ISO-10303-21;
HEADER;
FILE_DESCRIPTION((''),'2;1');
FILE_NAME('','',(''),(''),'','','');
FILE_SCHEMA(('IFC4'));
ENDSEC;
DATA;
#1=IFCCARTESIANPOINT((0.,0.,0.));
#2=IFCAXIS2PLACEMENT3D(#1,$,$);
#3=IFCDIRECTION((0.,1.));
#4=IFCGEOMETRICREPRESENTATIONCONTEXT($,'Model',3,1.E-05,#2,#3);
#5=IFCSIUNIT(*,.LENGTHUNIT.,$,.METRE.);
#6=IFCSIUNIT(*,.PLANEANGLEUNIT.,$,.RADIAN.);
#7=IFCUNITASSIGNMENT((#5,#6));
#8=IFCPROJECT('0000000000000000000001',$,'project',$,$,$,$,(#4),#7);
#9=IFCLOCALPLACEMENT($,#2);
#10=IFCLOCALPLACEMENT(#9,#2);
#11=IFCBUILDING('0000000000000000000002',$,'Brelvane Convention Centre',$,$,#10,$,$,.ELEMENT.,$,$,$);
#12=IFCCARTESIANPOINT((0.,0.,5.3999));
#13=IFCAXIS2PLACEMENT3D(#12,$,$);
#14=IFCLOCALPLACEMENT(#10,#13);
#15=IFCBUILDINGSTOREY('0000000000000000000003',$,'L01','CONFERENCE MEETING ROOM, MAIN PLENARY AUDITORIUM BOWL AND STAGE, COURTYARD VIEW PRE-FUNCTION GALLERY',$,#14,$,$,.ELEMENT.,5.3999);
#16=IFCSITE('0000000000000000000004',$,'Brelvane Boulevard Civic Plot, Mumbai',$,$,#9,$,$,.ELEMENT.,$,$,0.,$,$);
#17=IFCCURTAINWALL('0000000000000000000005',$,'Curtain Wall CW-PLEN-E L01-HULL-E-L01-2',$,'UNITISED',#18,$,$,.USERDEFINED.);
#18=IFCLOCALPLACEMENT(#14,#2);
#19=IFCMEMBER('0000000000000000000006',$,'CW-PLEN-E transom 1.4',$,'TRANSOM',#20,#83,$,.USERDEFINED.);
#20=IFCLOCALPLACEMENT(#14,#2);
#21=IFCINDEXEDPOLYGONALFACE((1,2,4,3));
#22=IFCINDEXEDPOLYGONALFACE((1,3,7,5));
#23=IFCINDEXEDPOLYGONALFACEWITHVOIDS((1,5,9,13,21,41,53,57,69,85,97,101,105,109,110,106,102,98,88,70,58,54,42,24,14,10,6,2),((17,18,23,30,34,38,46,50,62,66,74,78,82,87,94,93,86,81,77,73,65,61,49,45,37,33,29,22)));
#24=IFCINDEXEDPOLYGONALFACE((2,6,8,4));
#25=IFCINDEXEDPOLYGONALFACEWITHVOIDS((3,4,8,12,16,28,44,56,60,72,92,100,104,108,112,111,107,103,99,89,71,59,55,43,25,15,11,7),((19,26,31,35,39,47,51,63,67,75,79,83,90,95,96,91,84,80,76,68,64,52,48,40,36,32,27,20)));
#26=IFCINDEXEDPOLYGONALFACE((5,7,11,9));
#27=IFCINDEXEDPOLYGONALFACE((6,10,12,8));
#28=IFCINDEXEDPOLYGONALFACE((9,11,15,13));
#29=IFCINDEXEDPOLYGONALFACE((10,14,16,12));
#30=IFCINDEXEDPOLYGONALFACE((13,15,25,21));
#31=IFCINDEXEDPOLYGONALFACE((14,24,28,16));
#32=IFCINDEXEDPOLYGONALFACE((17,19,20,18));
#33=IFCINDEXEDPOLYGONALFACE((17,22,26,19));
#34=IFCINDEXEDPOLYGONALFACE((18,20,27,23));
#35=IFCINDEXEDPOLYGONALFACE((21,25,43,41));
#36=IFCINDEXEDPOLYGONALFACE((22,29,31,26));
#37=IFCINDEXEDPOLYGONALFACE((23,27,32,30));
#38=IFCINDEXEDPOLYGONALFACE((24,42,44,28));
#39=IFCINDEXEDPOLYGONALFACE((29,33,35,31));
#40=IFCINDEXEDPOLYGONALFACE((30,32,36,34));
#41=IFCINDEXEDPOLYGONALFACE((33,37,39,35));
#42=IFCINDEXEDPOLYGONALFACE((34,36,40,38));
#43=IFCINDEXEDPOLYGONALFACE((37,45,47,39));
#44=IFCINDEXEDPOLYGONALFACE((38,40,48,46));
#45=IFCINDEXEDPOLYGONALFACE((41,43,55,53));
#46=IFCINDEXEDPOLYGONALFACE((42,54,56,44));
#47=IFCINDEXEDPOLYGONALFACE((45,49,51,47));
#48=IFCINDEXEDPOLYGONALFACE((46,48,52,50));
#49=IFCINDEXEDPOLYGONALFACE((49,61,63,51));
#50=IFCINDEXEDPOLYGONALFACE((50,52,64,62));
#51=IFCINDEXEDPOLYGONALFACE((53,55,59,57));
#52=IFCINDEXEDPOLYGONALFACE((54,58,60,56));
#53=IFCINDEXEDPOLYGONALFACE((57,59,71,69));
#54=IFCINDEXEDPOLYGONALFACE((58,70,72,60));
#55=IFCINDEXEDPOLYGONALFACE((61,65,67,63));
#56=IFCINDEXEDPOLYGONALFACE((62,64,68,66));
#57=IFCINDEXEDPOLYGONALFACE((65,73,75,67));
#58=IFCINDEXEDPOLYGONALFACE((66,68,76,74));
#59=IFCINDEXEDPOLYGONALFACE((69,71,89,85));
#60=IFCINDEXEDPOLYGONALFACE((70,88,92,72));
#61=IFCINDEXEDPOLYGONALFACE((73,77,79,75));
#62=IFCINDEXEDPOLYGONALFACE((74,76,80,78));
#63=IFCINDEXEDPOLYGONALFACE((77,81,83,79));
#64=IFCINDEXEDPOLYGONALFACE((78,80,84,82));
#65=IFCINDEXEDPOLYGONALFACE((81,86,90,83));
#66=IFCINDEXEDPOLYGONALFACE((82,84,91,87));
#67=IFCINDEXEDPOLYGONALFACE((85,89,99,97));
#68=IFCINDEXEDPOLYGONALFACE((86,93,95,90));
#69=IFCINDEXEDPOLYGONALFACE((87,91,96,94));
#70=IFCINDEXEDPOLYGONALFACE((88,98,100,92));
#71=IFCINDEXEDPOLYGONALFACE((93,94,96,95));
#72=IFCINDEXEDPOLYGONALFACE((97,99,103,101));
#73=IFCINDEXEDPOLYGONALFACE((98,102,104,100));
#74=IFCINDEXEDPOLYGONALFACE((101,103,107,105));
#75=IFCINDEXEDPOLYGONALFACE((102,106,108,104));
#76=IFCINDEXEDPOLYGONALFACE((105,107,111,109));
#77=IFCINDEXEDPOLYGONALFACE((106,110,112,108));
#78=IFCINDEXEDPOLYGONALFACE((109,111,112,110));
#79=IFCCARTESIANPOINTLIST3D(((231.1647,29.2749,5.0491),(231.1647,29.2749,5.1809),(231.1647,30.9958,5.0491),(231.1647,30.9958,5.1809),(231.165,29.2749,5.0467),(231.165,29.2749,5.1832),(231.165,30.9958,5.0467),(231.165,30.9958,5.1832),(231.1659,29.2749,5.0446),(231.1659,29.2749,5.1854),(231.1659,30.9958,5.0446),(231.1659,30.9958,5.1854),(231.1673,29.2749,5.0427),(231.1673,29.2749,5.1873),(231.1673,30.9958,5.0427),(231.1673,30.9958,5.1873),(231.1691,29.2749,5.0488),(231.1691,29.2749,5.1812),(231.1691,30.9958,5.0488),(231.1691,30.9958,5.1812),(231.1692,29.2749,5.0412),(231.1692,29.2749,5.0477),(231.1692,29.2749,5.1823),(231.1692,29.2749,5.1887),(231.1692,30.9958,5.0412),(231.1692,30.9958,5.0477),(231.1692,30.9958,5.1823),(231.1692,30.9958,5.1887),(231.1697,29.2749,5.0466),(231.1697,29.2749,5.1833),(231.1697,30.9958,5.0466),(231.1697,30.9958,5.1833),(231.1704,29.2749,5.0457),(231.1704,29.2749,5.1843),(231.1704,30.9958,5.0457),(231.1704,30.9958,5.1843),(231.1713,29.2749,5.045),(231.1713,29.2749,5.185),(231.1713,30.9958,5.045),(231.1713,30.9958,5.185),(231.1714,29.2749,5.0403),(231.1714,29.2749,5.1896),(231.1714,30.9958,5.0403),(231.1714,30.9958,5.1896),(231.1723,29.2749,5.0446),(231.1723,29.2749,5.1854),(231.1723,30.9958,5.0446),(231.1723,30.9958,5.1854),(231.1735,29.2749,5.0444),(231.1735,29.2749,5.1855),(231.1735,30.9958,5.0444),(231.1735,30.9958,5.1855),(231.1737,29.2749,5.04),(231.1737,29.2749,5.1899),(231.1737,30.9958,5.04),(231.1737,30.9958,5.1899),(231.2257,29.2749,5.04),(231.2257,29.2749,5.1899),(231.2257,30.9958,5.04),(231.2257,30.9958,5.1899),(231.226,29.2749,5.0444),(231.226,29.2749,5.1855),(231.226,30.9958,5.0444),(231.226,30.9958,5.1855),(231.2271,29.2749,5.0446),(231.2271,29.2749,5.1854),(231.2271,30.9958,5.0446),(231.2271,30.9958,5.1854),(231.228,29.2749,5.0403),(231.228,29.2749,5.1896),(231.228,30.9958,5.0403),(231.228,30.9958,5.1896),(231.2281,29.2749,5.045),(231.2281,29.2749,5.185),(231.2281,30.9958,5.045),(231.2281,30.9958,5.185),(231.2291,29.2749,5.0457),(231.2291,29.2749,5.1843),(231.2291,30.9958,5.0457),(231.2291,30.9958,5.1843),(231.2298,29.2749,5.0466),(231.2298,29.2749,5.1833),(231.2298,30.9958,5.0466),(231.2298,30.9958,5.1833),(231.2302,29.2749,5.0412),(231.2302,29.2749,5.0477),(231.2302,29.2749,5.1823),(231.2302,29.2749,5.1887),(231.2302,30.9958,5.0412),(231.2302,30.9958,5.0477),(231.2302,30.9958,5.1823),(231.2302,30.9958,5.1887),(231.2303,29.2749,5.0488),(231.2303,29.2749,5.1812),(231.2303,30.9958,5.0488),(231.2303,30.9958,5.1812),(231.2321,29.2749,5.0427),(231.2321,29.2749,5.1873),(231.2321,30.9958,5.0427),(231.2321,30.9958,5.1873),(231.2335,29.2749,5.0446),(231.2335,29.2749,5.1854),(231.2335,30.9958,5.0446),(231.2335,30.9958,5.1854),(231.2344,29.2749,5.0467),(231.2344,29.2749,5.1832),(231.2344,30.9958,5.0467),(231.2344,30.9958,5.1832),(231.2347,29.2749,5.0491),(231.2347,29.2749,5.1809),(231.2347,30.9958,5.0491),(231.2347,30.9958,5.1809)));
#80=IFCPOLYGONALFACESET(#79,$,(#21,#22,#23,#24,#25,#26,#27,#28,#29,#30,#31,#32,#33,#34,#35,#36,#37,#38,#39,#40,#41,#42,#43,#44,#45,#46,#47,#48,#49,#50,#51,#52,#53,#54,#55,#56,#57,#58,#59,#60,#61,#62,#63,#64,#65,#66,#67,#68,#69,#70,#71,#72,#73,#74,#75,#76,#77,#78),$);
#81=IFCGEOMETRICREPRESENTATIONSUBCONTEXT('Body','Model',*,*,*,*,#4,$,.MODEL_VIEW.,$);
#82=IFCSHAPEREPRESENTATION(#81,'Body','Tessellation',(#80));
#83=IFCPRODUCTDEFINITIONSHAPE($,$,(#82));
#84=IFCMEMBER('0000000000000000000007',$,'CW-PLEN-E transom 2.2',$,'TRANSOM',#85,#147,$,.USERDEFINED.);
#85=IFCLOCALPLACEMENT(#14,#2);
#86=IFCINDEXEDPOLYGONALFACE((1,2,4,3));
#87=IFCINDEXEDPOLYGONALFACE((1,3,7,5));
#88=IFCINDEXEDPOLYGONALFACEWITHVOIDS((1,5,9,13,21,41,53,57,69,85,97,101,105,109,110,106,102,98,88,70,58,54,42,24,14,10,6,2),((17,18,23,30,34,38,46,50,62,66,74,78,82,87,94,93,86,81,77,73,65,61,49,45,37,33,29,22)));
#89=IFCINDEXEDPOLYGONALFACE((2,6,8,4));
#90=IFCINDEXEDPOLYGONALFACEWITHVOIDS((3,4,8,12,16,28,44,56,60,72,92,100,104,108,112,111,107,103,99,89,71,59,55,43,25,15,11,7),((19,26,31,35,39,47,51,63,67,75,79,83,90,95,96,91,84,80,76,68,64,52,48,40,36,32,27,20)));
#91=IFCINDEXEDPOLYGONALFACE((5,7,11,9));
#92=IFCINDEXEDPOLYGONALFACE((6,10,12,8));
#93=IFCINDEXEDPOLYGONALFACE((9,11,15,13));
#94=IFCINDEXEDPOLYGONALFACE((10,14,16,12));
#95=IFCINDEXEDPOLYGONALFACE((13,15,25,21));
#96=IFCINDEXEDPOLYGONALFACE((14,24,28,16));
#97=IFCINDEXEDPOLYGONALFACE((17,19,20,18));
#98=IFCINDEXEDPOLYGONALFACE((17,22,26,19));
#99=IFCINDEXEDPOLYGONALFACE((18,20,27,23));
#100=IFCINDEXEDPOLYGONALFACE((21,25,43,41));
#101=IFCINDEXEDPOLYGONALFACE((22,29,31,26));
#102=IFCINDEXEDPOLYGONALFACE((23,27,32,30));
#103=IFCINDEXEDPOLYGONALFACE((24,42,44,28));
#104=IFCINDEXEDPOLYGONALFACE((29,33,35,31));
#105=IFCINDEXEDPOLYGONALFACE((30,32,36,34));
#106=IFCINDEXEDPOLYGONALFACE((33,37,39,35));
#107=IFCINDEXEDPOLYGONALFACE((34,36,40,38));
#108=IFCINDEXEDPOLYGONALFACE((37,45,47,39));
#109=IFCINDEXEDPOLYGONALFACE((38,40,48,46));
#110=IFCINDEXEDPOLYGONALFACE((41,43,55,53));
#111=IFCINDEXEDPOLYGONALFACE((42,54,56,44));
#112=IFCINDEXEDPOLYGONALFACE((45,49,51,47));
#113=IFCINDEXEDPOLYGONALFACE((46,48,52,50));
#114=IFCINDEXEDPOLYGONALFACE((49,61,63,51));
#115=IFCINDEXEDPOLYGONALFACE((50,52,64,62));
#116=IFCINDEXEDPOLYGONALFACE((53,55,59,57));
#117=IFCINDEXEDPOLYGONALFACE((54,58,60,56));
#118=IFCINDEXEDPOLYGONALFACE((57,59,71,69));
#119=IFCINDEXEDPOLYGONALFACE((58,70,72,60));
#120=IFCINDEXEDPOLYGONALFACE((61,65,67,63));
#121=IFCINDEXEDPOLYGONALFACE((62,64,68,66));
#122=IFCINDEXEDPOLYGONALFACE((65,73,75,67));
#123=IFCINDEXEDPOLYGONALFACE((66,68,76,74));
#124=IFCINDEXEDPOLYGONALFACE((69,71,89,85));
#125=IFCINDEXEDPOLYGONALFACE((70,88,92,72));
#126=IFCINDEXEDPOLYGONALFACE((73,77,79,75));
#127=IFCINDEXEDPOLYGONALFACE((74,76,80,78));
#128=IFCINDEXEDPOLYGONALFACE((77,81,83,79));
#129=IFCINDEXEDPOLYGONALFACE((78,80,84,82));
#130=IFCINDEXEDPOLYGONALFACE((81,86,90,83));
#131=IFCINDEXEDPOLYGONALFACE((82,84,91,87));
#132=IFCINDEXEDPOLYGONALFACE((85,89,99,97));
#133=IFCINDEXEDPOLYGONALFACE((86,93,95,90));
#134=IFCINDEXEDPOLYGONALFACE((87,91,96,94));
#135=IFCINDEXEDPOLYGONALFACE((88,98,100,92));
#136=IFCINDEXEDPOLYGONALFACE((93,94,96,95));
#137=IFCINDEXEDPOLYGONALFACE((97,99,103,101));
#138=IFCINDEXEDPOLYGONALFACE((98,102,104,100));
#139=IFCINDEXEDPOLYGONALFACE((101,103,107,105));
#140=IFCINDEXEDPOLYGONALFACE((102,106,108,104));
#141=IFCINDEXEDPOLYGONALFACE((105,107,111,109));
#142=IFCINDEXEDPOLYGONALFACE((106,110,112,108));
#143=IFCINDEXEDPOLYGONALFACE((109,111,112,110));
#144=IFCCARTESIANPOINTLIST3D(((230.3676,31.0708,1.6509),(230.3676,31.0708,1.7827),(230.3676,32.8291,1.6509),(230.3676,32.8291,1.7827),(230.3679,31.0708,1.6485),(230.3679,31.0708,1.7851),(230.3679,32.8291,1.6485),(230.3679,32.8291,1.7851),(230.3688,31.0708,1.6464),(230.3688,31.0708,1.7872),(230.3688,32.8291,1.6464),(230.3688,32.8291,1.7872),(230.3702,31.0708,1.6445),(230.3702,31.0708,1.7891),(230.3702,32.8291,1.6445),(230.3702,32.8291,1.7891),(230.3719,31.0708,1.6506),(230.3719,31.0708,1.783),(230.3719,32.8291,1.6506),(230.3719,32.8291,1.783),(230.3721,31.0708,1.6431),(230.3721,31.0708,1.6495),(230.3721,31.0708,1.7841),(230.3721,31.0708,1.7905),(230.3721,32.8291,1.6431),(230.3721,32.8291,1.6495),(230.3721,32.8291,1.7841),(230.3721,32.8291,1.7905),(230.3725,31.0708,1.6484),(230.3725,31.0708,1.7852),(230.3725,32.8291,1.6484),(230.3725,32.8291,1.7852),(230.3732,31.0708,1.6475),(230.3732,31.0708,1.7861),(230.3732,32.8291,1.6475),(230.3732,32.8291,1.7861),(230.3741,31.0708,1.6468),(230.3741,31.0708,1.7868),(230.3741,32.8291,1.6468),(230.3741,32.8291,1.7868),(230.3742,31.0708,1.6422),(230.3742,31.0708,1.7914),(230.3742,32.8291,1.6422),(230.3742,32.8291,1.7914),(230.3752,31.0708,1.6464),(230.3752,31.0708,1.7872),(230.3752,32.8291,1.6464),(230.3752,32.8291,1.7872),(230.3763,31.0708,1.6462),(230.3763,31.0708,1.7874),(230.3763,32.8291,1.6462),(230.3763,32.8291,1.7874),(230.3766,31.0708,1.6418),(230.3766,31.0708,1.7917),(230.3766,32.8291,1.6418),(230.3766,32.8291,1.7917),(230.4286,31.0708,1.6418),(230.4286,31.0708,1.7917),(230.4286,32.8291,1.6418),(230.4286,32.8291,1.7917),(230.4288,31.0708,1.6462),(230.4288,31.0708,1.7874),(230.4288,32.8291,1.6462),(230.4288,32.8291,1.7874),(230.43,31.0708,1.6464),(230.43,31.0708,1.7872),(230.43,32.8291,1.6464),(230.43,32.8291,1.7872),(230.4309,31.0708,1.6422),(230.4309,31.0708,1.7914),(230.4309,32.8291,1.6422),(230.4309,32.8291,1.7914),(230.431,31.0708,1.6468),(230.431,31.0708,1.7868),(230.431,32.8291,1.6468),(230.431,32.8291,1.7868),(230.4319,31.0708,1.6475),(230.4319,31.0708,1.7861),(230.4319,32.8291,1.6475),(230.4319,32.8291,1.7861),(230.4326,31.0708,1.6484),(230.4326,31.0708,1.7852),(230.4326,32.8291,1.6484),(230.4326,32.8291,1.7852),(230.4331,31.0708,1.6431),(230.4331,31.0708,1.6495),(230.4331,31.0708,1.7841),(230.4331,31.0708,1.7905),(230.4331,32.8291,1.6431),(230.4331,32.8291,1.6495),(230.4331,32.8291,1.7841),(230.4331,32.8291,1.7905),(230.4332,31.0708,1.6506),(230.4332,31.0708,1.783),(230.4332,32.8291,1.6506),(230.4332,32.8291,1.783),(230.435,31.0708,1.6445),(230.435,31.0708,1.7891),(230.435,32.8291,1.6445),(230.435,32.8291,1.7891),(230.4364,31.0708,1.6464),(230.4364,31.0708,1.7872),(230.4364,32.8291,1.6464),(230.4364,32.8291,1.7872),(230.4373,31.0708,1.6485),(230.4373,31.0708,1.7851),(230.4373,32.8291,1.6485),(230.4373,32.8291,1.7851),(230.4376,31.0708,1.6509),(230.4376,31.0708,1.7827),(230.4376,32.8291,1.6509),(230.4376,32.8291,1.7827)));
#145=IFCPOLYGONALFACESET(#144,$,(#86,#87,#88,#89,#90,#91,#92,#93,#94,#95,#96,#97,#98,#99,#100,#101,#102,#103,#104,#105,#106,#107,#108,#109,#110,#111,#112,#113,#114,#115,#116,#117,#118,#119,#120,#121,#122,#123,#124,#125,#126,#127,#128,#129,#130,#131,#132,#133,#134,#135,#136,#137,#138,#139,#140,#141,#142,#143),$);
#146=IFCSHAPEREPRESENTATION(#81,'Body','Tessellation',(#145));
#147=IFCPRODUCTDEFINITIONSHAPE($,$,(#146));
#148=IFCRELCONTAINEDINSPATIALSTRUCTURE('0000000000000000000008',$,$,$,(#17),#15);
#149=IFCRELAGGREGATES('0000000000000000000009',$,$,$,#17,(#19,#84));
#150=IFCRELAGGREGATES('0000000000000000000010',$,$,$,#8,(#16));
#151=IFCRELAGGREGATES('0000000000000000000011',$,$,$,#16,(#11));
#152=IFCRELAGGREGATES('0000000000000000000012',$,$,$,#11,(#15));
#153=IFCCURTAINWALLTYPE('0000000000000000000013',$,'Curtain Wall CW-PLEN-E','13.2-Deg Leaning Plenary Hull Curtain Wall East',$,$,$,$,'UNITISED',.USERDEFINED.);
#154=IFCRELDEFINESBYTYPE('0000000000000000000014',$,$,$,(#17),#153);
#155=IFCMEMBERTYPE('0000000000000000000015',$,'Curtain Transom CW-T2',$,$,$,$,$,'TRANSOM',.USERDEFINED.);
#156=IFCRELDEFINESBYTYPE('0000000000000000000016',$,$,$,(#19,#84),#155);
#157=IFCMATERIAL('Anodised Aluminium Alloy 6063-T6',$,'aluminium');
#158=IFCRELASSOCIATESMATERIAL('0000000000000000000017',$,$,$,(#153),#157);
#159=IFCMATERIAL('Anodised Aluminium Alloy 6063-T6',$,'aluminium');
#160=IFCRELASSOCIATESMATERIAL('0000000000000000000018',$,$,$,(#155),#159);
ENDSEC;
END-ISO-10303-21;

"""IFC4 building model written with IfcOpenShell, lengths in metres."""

from ifc_helpers import new_model, si_unit, direction, frame, origin, origin_2d, place, context, subcontext, project, spatial, hollow_rectangle, extrude, material, material_profile, profile_set, type_object, element, aggregate, save


model = new_model("IFC4")

# Units and contexts
model_context = context("Model", 3, precision=1e-05, world=origin(), true_north=direction((0.0, 1.0)))
body_context = subcontext(model_context, "Body", "Model", "MODEL_VIEW")
ifc_project = project(units=[si_unit("LENGTHUNIT", "METRE"), si_unit("PLANEANGLEUNIT", "RADIAN")], contexts=[model_context])

# Site, building, storey
site_placement = place(None, origin())
site = spatial("IfcSite", under=ifc_project, at=site_placement, Name="Brelvane Boulevard Civic Plot, Mumbai", CompositionType="ELEMENT", RefElevation=0.0)
building_placement = place(site_placement, origin())
building = spatial("IfcBuilding", under=site, at=building_placement, Name="Brelvane Convention Centre", CompositionType="ELEMENT")
storey_placement = place(building_placement, frame((0.0, 0.0, 5.3999)))
storey = spatial("IfcBuildingStorey", under=building, at=storey_placement, Name="L01", Description="CONFERENCE MEETING ROOM, MAIN PLENARY AUDITORIUM BOWL AND STAGE, COURTYARD VIEW PRE-FUNCTION GALLERY", CompositionType="ELEMENT", Elevation=5.3999)

# Curtain wall, members
ifc_material_1 = material(Name="Anodised Aluminium Alloy 6063-T6", Category="aluminium")
curtain_wall_type = type_object("IfcCurtainWallType", Name="Curtain Wall CW-PLEN-E", Description="13.2-Deg Leaning Plenary Hull Curtain Wall East", ElementType="UNITISED", PredefinedType="USERDEFINED", material=ifc_material_1)
curtain_wall_placement = place(storey_placement, origin())
curtain_wall = element("IfcCurtainWall", 1, at=curtain_wall_placement, inside=storey, type_object=curtain_wall_type, Name="Curtain Wall CW-PLEN-E L01-HULL-E-L01-2", ObjectType="UNITISED", PredefinedType="USERDEFINED")
ifc_material_2 = material(Name="Anodised Aluminium Alloy 6063-T6", Category="aluminium")
ifc_material_profile = material_profile(ifc_material_2, hollow_rectangle(XDim=0.0701, YDim=0.1499, WallThickness=0.0044, InnerFilletRadius=0.0044, OuterFilletRadius=0.009, at=origin_2d()), Name="ALU-T 150x70x4.5")
ifc_profile_set = profile_set([ifc_material_profile], Name="Anodised Aluminium Alloy 6063-T6")
member_type = type_object("IfcMemberType", Name="Curtain Transom CW-T2", ElementType="TRANSOM", PredefinedType="USERDEFINED", material=ifc_profile_set)
member_1_placement = place(storey_placement, frame((231.1997, 29.2749, 5.115), z_axis=(0.0, 1.0, 0.0), x_axis=(-1.0, 0.0, 0.0)))
member_1 = element("IfcMember", 2, at=member_1_placement, type_object=member_type, Name="CW-PLEN-E transom 1.4", ObjectType="TRANSOM", PredefinedType="USERDEFINED", context=body_context, shape_type="SweptSolid", body=[
    extrude(hollow_rectangle(XDim=0.0701, YDim=0.1499, WallThickness=0.0044, InnerFilletRadius=0.0044, OuterFilletRadius=0.009, at=origin_2d()), origin(), (0.0, 0.0, 1.0), 1.7209),
])
member_2_placement = place(storey_placement, frame((230.4026, 31.0708, 1.7168), z_axis=(0.0, 1.0, 0.0), x_axis=(-1.0, 0.0, 0.0)))
member_2 = element("IfcMember", 3, at=member_2_placement, type_object=member_type, Name="CW-PLEN-E transom 2.2", ObjectType="TRANSOM", PredefinedType="USERDEFINED", context=body_context, shape_type="SweptSolid", body=[
    extrude(hollow_rectangle(XDim=0.0701, YDim=0.1499, WallThickness=0.0044, InnerFilletRadius=0.0044, OuterFilletRadius=0.009, at=origin_2d()), origin(), (0.0, 0.0, 1.0), 1.7583),
])
aggregate(curtain_wall, [member_1, member_2])

save(model, "model.ifc")
